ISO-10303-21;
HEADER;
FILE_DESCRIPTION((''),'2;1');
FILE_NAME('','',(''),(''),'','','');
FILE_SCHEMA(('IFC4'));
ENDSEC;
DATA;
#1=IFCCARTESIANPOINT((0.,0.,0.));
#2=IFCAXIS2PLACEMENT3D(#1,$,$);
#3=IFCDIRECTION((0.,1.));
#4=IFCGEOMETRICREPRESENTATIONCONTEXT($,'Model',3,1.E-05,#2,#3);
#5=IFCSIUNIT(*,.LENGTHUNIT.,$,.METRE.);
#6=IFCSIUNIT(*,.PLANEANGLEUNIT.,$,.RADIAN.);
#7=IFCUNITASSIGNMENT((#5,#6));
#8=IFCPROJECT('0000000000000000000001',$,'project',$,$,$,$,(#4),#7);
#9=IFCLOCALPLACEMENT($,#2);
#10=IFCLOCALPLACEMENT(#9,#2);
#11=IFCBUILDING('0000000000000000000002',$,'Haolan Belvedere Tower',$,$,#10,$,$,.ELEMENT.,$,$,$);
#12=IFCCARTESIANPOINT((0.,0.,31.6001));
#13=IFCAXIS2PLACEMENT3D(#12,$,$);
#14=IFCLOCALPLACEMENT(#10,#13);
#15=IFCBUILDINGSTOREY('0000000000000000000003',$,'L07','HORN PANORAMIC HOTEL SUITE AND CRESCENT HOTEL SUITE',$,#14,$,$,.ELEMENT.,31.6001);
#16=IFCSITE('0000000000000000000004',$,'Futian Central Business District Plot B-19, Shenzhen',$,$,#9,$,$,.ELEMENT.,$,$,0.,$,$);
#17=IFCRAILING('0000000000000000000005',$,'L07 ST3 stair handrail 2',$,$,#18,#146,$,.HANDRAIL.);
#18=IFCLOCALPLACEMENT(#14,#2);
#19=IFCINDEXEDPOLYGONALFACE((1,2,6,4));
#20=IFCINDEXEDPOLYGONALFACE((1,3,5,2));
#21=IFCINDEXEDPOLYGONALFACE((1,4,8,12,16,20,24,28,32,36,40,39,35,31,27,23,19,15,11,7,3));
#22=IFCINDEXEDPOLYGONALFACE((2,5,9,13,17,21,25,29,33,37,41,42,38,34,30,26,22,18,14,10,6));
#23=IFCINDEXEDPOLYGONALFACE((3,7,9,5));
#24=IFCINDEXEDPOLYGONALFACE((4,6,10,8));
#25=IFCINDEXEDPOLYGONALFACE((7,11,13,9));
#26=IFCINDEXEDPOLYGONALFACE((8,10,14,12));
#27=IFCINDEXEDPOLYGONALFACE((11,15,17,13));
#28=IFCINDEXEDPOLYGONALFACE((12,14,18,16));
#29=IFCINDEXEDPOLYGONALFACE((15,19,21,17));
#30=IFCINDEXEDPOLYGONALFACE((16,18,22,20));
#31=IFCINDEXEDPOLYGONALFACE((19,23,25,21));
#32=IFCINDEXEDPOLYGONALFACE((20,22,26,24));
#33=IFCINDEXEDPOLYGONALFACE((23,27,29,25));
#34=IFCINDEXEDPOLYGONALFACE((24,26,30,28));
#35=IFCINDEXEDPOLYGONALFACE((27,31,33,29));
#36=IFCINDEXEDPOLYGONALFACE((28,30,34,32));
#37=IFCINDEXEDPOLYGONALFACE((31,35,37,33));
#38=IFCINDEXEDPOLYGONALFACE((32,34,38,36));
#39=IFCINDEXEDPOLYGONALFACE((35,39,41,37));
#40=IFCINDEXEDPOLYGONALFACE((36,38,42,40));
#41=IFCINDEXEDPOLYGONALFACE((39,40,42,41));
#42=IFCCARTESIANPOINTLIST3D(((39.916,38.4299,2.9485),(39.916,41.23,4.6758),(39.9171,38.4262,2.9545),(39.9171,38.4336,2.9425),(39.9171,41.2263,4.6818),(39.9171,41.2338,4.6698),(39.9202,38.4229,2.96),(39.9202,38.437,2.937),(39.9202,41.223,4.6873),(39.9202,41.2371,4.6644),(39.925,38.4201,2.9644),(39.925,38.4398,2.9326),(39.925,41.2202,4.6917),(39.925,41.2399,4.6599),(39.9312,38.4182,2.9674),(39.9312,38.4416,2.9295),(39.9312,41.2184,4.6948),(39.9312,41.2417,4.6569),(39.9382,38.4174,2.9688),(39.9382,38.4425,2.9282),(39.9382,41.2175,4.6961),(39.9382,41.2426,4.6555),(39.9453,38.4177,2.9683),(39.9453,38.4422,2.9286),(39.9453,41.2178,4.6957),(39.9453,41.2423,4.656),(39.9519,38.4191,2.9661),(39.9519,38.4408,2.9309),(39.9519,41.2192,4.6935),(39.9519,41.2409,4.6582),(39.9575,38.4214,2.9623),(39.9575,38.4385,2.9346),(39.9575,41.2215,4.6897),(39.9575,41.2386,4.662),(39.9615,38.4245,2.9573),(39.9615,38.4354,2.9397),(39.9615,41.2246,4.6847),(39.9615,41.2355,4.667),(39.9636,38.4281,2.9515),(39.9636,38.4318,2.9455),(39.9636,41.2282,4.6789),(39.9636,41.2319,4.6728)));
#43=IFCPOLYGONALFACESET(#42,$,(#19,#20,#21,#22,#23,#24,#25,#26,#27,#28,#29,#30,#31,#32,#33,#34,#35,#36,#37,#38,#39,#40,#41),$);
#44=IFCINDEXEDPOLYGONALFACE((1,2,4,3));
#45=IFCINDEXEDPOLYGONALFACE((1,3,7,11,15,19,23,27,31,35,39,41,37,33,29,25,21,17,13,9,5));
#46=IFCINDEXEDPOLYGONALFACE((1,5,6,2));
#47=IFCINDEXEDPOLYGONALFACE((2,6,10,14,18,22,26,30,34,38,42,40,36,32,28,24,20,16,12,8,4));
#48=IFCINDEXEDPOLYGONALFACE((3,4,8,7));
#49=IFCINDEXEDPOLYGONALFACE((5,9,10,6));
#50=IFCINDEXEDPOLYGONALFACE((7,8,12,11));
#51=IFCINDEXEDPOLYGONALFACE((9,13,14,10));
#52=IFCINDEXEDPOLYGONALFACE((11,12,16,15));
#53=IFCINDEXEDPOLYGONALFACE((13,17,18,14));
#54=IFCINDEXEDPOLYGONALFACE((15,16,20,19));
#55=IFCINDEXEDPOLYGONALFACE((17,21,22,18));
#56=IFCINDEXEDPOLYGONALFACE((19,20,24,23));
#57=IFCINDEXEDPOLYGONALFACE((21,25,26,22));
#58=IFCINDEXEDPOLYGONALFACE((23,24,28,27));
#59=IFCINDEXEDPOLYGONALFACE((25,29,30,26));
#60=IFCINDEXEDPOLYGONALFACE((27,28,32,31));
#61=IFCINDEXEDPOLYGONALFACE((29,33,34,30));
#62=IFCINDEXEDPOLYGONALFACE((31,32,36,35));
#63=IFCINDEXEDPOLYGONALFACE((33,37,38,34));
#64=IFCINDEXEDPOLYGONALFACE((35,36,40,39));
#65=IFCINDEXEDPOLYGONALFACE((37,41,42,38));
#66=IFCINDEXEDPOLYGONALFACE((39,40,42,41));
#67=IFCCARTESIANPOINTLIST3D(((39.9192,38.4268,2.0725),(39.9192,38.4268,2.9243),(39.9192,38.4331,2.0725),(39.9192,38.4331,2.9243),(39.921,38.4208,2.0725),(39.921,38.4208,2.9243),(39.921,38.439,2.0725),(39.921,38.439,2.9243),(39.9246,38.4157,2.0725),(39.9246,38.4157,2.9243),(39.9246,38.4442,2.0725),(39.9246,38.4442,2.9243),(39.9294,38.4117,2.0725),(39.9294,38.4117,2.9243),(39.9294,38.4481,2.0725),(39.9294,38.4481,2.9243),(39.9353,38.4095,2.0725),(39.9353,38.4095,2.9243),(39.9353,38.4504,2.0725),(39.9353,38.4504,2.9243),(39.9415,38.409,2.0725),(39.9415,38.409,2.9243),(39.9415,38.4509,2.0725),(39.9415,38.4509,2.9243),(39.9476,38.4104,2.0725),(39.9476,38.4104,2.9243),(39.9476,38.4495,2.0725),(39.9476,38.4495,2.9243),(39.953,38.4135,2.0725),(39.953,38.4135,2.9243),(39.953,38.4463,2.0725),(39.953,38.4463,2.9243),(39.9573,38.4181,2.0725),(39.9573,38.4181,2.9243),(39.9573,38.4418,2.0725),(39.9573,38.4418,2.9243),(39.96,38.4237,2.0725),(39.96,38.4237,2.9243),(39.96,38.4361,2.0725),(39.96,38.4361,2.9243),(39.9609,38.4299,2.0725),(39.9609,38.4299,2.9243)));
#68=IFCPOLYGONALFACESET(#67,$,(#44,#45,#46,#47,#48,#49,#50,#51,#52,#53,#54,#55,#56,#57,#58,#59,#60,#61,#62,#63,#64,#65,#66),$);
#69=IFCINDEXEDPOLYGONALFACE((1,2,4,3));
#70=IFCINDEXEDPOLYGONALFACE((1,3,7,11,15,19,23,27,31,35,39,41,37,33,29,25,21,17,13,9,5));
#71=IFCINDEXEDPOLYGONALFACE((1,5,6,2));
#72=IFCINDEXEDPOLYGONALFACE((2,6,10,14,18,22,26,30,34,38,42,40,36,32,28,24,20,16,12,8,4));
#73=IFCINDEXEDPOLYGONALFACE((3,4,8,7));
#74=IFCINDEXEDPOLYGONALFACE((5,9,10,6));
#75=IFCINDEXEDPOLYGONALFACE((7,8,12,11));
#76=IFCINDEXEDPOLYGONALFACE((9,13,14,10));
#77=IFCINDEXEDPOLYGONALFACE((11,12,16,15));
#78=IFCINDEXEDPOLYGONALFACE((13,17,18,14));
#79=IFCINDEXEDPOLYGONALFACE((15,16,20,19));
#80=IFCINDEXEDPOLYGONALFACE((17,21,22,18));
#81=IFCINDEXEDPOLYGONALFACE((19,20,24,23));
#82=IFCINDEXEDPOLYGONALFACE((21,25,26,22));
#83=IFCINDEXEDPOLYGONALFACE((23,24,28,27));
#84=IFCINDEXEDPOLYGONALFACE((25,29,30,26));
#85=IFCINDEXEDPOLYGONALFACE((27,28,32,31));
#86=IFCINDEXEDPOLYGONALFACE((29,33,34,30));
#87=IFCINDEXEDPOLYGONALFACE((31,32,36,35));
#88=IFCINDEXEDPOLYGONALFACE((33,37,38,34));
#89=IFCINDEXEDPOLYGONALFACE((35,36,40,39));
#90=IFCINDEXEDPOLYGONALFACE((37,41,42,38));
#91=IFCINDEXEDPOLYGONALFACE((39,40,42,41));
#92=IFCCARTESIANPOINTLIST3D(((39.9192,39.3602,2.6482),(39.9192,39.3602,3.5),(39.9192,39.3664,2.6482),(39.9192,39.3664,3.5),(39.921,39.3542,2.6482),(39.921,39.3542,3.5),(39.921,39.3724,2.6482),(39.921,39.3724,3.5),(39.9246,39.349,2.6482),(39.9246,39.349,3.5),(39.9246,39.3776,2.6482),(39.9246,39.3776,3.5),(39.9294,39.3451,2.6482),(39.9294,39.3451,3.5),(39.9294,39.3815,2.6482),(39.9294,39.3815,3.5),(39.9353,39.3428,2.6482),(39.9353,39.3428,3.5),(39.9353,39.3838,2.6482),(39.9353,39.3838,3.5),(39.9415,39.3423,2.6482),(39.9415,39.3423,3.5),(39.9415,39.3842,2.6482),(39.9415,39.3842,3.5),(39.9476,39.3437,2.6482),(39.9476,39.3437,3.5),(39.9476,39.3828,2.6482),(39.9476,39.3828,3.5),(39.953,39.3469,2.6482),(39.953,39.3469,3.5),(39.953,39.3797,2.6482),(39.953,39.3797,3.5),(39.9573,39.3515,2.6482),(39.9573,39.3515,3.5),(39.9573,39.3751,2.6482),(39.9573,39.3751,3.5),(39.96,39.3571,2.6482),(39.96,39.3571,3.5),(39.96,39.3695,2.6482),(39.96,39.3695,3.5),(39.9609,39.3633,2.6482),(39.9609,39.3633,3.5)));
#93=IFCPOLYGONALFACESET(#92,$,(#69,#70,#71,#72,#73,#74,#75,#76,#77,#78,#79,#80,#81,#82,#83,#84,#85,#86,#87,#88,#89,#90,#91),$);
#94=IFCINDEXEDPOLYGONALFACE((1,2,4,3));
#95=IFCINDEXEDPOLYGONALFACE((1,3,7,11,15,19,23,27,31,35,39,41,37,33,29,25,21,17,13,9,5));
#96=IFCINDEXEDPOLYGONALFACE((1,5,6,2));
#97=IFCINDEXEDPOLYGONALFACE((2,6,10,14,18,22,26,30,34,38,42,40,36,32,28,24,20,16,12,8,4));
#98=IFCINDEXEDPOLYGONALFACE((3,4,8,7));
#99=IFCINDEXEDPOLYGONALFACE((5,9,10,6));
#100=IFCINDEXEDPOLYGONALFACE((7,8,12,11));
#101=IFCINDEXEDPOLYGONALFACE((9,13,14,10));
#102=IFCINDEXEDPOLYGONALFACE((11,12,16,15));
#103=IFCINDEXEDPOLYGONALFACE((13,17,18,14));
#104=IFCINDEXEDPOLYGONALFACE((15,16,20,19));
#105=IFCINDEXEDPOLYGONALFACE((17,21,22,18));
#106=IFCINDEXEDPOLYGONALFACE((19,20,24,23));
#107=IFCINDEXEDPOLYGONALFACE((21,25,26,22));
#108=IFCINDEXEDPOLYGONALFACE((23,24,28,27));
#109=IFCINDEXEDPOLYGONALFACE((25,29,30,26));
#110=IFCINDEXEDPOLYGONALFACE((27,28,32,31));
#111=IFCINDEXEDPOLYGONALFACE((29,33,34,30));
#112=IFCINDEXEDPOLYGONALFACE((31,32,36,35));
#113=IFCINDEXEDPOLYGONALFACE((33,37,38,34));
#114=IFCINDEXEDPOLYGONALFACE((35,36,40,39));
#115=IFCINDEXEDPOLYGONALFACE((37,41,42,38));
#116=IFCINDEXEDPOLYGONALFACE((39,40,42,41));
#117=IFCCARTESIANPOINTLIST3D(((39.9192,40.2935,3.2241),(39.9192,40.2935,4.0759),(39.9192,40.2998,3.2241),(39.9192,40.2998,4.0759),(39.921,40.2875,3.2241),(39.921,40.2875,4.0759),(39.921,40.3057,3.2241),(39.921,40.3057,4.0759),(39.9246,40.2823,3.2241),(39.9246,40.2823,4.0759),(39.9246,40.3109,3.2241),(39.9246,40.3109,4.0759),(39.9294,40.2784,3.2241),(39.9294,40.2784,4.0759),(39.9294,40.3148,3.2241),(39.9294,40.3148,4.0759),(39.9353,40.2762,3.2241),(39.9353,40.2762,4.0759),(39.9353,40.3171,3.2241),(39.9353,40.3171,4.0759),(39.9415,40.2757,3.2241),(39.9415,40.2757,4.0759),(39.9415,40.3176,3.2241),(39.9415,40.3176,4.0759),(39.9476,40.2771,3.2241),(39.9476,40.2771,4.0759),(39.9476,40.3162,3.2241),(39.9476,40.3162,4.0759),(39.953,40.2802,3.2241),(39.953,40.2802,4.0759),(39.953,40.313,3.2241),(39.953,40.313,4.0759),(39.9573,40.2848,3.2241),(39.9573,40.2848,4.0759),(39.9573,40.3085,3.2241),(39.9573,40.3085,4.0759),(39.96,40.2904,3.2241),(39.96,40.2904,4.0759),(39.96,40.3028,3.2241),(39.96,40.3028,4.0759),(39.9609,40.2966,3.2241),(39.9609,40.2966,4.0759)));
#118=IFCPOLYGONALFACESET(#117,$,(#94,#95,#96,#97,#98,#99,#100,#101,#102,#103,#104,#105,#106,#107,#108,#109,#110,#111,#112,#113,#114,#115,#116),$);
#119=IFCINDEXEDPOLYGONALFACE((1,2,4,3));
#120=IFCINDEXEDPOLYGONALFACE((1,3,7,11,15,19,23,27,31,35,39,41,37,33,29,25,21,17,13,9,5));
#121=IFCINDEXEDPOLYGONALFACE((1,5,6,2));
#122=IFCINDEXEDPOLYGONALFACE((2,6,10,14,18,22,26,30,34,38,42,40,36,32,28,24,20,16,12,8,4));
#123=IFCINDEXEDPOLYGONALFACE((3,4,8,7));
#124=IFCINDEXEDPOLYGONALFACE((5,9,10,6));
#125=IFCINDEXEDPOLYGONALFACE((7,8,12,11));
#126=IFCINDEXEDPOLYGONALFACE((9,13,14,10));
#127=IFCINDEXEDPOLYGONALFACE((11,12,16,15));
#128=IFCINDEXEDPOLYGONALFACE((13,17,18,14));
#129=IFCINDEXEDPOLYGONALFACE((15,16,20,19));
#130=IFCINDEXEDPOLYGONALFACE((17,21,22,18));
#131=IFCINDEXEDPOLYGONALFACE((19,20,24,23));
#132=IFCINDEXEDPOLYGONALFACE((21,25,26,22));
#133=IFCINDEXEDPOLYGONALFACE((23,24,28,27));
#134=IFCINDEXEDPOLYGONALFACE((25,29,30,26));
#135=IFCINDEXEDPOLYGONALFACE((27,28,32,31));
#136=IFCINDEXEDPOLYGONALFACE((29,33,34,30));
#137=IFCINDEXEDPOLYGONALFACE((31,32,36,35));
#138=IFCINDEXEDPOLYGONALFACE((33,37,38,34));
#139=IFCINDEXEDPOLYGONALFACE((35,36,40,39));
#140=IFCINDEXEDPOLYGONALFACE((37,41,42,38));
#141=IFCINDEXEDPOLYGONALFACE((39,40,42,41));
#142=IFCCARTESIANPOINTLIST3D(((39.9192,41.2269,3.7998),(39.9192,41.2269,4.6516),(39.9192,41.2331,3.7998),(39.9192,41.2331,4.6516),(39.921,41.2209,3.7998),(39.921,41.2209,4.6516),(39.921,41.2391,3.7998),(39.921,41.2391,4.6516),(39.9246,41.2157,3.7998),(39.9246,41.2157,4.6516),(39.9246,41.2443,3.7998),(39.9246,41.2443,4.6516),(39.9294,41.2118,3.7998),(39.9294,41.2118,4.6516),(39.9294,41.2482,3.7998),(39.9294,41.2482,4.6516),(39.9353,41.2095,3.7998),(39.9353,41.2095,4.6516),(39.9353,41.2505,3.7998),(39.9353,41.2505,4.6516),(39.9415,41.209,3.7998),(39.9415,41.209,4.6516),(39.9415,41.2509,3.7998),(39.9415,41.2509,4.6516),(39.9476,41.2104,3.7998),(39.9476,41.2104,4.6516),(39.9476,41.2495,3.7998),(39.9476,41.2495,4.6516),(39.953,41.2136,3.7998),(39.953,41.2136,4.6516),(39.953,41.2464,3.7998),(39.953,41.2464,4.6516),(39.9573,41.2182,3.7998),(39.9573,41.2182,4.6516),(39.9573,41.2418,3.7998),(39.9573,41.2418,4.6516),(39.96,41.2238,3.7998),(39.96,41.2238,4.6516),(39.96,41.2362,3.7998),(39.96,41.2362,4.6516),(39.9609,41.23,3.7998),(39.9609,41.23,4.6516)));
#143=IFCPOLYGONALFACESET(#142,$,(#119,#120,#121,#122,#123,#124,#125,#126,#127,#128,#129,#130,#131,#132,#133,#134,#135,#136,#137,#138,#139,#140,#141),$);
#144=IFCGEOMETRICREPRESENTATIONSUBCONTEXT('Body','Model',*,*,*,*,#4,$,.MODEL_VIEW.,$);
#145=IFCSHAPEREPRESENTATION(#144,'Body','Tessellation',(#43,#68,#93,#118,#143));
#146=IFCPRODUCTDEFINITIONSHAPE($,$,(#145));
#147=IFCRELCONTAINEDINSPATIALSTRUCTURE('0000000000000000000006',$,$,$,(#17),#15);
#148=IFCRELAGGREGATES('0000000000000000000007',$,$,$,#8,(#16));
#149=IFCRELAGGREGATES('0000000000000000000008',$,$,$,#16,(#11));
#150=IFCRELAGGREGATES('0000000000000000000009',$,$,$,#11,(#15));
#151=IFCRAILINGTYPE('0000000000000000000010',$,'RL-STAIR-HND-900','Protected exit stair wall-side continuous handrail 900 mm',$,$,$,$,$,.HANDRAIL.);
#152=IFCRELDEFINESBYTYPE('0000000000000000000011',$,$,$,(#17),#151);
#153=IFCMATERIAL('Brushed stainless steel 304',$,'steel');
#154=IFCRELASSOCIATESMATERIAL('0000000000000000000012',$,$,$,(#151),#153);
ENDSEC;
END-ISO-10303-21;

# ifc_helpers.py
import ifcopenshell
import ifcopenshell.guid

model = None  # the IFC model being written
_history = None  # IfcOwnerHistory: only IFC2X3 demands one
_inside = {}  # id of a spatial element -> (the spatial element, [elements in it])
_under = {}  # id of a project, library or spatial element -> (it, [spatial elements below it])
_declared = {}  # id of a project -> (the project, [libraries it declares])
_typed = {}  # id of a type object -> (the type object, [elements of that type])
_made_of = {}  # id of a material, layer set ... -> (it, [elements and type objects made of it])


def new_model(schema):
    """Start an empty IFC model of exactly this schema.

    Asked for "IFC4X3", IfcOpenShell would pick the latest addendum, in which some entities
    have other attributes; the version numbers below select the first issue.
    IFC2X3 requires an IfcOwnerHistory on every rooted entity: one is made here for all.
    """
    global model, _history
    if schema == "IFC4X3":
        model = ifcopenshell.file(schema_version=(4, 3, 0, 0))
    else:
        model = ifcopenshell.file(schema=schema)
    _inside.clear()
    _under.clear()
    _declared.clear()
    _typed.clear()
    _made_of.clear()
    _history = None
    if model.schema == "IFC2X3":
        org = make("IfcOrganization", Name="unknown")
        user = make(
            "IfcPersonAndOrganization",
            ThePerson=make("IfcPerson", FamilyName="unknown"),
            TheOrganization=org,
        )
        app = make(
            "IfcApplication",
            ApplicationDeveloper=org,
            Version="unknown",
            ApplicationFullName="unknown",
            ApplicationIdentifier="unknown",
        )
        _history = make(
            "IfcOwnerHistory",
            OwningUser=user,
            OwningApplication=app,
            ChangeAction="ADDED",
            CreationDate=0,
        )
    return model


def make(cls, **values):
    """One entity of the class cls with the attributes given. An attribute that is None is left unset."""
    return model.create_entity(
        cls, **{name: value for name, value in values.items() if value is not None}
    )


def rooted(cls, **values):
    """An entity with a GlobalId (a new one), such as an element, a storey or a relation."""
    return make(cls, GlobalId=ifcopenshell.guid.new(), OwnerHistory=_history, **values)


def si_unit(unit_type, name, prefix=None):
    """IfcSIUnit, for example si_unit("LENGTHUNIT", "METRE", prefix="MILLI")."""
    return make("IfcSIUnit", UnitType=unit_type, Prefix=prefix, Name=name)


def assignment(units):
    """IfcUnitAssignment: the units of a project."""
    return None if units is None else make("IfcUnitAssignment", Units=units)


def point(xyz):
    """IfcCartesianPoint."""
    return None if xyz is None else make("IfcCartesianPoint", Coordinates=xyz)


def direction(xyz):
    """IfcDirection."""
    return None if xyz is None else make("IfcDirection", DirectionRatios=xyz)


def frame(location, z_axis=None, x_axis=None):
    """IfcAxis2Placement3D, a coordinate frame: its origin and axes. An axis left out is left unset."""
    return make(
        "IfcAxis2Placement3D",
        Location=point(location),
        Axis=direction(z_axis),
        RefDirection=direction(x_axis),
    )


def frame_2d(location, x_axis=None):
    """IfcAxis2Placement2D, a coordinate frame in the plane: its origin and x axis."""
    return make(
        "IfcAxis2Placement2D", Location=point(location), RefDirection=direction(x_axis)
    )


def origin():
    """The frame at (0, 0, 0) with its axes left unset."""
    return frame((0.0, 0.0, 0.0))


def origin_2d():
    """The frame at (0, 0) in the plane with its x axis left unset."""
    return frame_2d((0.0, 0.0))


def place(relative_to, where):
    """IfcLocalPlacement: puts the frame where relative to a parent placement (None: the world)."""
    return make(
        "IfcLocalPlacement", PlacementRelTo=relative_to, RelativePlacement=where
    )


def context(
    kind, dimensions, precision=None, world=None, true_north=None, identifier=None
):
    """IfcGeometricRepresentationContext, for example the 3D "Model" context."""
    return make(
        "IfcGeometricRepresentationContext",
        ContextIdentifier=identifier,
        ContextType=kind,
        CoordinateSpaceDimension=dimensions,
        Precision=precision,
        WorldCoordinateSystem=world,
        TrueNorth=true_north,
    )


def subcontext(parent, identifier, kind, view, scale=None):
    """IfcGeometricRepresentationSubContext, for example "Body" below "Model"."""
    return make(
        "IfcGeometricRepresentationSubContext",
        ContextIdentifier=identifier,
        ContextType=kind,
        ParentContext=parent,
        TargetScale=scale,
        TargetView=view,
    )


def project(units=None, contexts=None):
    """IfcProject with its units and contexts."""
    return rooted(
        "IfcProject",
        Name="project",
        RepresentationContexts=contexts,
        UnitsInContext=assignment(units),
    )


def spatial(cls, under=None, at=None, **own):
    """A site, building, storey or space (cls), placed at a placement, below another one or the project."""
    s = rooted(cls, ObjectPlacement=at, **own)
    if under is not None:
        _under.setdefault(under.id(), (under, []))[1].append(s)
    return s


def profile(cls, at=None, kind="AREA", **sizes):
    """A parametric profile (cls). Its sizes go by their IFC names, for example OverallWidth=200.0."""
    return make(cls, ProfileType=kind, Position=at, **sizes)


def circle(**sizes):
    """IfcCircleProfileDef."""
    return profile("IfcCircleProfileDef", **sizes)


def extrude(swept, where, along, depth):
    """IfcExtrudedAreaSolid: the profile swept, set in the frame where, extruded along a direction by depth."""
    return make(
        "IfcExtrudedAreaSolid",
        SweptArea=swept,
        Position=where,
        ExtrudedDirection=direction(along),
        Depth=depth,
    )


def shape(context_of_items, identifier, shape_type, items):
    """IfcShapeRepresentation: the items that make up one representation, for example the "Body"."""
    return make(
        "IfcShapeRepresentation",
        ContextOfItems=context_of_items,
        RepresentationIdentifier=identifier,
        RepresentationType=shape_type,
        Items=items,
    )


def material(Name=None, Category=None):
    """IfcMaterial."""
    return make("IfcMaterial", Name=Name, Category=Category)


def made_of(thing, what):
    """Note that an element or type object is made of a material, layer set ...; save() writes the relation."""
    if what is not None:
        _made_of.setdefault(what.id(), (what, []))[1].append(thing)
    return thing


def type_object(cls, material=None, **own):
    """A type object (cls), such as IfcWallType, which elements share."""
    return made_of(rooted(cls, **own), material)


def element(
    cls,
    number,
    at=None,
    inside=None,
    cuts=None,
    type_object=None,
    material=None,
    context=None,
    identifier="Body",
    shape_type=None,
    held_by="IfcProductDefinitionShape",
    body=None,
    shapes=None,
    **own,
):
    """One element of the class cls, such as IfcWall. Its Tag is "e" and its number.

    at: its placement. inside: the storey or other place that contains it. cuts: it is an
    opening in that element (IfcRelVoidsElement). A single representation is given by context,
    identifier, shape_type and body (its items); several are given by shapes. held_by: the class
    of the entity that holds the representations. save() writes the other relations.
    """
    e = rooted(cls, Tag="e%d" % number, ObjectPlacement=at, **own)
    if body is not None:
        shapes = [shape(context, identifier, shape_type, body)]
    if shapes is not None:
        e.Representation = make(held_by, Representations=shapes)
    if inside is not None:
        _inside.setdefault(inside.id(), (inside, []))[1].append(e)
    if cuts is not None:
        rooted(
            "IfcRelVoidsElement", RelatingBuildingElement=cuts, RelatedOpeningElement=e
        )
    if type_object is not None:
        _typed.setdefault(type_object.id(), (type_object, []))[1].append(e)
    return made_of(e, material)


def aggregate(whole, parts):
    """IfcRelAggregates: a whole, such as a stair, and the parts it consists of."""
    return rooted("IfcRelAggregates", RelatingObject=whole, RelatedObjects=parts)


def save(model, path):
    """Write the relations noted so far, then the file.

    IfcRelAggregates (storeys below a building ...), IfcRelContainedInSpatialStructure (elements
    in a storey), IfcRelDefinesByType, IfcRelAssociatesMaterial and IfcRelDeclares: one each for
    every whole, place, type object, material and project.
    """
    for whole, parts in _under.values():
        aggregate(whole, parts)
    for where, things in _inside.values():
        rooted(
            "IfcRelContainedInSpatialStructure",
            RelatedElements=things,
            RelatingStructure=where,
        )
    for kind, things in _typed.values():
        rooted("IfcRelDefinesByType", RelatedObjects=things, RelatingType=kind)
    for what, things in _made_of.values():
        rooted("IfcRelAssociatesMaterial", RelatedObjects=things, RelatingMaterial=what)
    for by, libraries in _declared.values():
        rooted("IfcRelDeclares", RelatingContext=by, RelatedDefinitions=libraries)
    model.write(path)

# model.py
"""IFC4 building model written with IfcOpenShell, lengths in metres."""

from ifc_helpers import new_model, si_unit, direction, frame, origin, origin_2d, place, context, subcontext, project, spatial, circle, extrude, material, type_object, element, save


model = new_model("IFC4")

# Units and contexts
model_context = context("Model", 3, precision=1e-05, world=origin(), true_north=direction((0.0, 1.0)))
body_context = subcontext(model_context, "Body", "Model", "MODEL_VIEW")
ifc_project = project(units=[si_unit("LENGTHUNIT", "METRE"), si_unit("PLANEANGLEUNIT", "RADIAN")], contexts=[model_context])

# Site, building, storey
site_placement = place(None, origin())
site = spatial("IfcSite", under=ifc_project, at=site_placement, Name="Futian Central Business District Plot B-19, Shenzhen", CompositionType="ELEMENT", RefElevation=0.0)
building_placement = place(site_placement, origin())
building = spatial("IfcBuilding", under=site, at=building_placement, Name="Haolan Belvedere Tower", CompositionType="ELEMENT")
storey_placement = place(building_placement, frame((0.0, 0.0, 31.6001)))
storey = spatial("IfcBuildingStorey", under=building, at=storey_placement, Name="L07", Description="HORN PANORAMIC HOTEL SUITE AND CRESCENT HOTEL SUITE", CompositionType="ELEMENT", Elevation=31.6001)

# Railing
ifc_material_1 = material(Name="Brushed stainless steel 304", Category="steel")
railing_type_1 = type_object("IfcRailingType", Name="RL-STAIR-HND-900", Description="Protected exit stair wall-side continuous handrail 900 mm", PredefinedType="HANDRAIL", material=ifc_material_1)
railing_1_placement = place(storey_placement, frame((39.9399, 38.4299, 2.0725)))
element("IfcRailing", 1, at=railing_1_placement, inside=storey, type_object=railing_type_1, Name="L07 ST3 stair handrail 2", PredefinedType="HANDRAIL", context=body_context, shape_type="SweptSolid", body=[
    extrude(circle(Radius=0.0239, at=origin_2d()), frame((0.0, 0.0, 0.876), z_axis=(0.0, 0.85109, 0.52502), x_axis=(-1.0, 0.0, 0.0)), (0.0, 0.0, 1.0), 3.29),
    extrude(circle(Radius=0.021, at=origin_2d()), origin(), (0.0, 0.0, 1.0), 0.8518),
    extrude(circle(Radius=0.021, at=origin_2d()), frame((0.0, 0.9333, 0.5757)), (0.0, 0.0, 1.0), 0.8518),
    extrude(circle(Radius=0.021, at=origin_2d()), frame((0.0, 1.8667, 1.1516)), (0.0, 0.0, 1.0), 0.8518),
    extrude(circle(Radius=0.021, at=origin_2d()), frame((0.0, 2.8, 1.7273)), (0.0, 0.0, 1.0), 0.8518),
])

save(model, "model.ifc")
